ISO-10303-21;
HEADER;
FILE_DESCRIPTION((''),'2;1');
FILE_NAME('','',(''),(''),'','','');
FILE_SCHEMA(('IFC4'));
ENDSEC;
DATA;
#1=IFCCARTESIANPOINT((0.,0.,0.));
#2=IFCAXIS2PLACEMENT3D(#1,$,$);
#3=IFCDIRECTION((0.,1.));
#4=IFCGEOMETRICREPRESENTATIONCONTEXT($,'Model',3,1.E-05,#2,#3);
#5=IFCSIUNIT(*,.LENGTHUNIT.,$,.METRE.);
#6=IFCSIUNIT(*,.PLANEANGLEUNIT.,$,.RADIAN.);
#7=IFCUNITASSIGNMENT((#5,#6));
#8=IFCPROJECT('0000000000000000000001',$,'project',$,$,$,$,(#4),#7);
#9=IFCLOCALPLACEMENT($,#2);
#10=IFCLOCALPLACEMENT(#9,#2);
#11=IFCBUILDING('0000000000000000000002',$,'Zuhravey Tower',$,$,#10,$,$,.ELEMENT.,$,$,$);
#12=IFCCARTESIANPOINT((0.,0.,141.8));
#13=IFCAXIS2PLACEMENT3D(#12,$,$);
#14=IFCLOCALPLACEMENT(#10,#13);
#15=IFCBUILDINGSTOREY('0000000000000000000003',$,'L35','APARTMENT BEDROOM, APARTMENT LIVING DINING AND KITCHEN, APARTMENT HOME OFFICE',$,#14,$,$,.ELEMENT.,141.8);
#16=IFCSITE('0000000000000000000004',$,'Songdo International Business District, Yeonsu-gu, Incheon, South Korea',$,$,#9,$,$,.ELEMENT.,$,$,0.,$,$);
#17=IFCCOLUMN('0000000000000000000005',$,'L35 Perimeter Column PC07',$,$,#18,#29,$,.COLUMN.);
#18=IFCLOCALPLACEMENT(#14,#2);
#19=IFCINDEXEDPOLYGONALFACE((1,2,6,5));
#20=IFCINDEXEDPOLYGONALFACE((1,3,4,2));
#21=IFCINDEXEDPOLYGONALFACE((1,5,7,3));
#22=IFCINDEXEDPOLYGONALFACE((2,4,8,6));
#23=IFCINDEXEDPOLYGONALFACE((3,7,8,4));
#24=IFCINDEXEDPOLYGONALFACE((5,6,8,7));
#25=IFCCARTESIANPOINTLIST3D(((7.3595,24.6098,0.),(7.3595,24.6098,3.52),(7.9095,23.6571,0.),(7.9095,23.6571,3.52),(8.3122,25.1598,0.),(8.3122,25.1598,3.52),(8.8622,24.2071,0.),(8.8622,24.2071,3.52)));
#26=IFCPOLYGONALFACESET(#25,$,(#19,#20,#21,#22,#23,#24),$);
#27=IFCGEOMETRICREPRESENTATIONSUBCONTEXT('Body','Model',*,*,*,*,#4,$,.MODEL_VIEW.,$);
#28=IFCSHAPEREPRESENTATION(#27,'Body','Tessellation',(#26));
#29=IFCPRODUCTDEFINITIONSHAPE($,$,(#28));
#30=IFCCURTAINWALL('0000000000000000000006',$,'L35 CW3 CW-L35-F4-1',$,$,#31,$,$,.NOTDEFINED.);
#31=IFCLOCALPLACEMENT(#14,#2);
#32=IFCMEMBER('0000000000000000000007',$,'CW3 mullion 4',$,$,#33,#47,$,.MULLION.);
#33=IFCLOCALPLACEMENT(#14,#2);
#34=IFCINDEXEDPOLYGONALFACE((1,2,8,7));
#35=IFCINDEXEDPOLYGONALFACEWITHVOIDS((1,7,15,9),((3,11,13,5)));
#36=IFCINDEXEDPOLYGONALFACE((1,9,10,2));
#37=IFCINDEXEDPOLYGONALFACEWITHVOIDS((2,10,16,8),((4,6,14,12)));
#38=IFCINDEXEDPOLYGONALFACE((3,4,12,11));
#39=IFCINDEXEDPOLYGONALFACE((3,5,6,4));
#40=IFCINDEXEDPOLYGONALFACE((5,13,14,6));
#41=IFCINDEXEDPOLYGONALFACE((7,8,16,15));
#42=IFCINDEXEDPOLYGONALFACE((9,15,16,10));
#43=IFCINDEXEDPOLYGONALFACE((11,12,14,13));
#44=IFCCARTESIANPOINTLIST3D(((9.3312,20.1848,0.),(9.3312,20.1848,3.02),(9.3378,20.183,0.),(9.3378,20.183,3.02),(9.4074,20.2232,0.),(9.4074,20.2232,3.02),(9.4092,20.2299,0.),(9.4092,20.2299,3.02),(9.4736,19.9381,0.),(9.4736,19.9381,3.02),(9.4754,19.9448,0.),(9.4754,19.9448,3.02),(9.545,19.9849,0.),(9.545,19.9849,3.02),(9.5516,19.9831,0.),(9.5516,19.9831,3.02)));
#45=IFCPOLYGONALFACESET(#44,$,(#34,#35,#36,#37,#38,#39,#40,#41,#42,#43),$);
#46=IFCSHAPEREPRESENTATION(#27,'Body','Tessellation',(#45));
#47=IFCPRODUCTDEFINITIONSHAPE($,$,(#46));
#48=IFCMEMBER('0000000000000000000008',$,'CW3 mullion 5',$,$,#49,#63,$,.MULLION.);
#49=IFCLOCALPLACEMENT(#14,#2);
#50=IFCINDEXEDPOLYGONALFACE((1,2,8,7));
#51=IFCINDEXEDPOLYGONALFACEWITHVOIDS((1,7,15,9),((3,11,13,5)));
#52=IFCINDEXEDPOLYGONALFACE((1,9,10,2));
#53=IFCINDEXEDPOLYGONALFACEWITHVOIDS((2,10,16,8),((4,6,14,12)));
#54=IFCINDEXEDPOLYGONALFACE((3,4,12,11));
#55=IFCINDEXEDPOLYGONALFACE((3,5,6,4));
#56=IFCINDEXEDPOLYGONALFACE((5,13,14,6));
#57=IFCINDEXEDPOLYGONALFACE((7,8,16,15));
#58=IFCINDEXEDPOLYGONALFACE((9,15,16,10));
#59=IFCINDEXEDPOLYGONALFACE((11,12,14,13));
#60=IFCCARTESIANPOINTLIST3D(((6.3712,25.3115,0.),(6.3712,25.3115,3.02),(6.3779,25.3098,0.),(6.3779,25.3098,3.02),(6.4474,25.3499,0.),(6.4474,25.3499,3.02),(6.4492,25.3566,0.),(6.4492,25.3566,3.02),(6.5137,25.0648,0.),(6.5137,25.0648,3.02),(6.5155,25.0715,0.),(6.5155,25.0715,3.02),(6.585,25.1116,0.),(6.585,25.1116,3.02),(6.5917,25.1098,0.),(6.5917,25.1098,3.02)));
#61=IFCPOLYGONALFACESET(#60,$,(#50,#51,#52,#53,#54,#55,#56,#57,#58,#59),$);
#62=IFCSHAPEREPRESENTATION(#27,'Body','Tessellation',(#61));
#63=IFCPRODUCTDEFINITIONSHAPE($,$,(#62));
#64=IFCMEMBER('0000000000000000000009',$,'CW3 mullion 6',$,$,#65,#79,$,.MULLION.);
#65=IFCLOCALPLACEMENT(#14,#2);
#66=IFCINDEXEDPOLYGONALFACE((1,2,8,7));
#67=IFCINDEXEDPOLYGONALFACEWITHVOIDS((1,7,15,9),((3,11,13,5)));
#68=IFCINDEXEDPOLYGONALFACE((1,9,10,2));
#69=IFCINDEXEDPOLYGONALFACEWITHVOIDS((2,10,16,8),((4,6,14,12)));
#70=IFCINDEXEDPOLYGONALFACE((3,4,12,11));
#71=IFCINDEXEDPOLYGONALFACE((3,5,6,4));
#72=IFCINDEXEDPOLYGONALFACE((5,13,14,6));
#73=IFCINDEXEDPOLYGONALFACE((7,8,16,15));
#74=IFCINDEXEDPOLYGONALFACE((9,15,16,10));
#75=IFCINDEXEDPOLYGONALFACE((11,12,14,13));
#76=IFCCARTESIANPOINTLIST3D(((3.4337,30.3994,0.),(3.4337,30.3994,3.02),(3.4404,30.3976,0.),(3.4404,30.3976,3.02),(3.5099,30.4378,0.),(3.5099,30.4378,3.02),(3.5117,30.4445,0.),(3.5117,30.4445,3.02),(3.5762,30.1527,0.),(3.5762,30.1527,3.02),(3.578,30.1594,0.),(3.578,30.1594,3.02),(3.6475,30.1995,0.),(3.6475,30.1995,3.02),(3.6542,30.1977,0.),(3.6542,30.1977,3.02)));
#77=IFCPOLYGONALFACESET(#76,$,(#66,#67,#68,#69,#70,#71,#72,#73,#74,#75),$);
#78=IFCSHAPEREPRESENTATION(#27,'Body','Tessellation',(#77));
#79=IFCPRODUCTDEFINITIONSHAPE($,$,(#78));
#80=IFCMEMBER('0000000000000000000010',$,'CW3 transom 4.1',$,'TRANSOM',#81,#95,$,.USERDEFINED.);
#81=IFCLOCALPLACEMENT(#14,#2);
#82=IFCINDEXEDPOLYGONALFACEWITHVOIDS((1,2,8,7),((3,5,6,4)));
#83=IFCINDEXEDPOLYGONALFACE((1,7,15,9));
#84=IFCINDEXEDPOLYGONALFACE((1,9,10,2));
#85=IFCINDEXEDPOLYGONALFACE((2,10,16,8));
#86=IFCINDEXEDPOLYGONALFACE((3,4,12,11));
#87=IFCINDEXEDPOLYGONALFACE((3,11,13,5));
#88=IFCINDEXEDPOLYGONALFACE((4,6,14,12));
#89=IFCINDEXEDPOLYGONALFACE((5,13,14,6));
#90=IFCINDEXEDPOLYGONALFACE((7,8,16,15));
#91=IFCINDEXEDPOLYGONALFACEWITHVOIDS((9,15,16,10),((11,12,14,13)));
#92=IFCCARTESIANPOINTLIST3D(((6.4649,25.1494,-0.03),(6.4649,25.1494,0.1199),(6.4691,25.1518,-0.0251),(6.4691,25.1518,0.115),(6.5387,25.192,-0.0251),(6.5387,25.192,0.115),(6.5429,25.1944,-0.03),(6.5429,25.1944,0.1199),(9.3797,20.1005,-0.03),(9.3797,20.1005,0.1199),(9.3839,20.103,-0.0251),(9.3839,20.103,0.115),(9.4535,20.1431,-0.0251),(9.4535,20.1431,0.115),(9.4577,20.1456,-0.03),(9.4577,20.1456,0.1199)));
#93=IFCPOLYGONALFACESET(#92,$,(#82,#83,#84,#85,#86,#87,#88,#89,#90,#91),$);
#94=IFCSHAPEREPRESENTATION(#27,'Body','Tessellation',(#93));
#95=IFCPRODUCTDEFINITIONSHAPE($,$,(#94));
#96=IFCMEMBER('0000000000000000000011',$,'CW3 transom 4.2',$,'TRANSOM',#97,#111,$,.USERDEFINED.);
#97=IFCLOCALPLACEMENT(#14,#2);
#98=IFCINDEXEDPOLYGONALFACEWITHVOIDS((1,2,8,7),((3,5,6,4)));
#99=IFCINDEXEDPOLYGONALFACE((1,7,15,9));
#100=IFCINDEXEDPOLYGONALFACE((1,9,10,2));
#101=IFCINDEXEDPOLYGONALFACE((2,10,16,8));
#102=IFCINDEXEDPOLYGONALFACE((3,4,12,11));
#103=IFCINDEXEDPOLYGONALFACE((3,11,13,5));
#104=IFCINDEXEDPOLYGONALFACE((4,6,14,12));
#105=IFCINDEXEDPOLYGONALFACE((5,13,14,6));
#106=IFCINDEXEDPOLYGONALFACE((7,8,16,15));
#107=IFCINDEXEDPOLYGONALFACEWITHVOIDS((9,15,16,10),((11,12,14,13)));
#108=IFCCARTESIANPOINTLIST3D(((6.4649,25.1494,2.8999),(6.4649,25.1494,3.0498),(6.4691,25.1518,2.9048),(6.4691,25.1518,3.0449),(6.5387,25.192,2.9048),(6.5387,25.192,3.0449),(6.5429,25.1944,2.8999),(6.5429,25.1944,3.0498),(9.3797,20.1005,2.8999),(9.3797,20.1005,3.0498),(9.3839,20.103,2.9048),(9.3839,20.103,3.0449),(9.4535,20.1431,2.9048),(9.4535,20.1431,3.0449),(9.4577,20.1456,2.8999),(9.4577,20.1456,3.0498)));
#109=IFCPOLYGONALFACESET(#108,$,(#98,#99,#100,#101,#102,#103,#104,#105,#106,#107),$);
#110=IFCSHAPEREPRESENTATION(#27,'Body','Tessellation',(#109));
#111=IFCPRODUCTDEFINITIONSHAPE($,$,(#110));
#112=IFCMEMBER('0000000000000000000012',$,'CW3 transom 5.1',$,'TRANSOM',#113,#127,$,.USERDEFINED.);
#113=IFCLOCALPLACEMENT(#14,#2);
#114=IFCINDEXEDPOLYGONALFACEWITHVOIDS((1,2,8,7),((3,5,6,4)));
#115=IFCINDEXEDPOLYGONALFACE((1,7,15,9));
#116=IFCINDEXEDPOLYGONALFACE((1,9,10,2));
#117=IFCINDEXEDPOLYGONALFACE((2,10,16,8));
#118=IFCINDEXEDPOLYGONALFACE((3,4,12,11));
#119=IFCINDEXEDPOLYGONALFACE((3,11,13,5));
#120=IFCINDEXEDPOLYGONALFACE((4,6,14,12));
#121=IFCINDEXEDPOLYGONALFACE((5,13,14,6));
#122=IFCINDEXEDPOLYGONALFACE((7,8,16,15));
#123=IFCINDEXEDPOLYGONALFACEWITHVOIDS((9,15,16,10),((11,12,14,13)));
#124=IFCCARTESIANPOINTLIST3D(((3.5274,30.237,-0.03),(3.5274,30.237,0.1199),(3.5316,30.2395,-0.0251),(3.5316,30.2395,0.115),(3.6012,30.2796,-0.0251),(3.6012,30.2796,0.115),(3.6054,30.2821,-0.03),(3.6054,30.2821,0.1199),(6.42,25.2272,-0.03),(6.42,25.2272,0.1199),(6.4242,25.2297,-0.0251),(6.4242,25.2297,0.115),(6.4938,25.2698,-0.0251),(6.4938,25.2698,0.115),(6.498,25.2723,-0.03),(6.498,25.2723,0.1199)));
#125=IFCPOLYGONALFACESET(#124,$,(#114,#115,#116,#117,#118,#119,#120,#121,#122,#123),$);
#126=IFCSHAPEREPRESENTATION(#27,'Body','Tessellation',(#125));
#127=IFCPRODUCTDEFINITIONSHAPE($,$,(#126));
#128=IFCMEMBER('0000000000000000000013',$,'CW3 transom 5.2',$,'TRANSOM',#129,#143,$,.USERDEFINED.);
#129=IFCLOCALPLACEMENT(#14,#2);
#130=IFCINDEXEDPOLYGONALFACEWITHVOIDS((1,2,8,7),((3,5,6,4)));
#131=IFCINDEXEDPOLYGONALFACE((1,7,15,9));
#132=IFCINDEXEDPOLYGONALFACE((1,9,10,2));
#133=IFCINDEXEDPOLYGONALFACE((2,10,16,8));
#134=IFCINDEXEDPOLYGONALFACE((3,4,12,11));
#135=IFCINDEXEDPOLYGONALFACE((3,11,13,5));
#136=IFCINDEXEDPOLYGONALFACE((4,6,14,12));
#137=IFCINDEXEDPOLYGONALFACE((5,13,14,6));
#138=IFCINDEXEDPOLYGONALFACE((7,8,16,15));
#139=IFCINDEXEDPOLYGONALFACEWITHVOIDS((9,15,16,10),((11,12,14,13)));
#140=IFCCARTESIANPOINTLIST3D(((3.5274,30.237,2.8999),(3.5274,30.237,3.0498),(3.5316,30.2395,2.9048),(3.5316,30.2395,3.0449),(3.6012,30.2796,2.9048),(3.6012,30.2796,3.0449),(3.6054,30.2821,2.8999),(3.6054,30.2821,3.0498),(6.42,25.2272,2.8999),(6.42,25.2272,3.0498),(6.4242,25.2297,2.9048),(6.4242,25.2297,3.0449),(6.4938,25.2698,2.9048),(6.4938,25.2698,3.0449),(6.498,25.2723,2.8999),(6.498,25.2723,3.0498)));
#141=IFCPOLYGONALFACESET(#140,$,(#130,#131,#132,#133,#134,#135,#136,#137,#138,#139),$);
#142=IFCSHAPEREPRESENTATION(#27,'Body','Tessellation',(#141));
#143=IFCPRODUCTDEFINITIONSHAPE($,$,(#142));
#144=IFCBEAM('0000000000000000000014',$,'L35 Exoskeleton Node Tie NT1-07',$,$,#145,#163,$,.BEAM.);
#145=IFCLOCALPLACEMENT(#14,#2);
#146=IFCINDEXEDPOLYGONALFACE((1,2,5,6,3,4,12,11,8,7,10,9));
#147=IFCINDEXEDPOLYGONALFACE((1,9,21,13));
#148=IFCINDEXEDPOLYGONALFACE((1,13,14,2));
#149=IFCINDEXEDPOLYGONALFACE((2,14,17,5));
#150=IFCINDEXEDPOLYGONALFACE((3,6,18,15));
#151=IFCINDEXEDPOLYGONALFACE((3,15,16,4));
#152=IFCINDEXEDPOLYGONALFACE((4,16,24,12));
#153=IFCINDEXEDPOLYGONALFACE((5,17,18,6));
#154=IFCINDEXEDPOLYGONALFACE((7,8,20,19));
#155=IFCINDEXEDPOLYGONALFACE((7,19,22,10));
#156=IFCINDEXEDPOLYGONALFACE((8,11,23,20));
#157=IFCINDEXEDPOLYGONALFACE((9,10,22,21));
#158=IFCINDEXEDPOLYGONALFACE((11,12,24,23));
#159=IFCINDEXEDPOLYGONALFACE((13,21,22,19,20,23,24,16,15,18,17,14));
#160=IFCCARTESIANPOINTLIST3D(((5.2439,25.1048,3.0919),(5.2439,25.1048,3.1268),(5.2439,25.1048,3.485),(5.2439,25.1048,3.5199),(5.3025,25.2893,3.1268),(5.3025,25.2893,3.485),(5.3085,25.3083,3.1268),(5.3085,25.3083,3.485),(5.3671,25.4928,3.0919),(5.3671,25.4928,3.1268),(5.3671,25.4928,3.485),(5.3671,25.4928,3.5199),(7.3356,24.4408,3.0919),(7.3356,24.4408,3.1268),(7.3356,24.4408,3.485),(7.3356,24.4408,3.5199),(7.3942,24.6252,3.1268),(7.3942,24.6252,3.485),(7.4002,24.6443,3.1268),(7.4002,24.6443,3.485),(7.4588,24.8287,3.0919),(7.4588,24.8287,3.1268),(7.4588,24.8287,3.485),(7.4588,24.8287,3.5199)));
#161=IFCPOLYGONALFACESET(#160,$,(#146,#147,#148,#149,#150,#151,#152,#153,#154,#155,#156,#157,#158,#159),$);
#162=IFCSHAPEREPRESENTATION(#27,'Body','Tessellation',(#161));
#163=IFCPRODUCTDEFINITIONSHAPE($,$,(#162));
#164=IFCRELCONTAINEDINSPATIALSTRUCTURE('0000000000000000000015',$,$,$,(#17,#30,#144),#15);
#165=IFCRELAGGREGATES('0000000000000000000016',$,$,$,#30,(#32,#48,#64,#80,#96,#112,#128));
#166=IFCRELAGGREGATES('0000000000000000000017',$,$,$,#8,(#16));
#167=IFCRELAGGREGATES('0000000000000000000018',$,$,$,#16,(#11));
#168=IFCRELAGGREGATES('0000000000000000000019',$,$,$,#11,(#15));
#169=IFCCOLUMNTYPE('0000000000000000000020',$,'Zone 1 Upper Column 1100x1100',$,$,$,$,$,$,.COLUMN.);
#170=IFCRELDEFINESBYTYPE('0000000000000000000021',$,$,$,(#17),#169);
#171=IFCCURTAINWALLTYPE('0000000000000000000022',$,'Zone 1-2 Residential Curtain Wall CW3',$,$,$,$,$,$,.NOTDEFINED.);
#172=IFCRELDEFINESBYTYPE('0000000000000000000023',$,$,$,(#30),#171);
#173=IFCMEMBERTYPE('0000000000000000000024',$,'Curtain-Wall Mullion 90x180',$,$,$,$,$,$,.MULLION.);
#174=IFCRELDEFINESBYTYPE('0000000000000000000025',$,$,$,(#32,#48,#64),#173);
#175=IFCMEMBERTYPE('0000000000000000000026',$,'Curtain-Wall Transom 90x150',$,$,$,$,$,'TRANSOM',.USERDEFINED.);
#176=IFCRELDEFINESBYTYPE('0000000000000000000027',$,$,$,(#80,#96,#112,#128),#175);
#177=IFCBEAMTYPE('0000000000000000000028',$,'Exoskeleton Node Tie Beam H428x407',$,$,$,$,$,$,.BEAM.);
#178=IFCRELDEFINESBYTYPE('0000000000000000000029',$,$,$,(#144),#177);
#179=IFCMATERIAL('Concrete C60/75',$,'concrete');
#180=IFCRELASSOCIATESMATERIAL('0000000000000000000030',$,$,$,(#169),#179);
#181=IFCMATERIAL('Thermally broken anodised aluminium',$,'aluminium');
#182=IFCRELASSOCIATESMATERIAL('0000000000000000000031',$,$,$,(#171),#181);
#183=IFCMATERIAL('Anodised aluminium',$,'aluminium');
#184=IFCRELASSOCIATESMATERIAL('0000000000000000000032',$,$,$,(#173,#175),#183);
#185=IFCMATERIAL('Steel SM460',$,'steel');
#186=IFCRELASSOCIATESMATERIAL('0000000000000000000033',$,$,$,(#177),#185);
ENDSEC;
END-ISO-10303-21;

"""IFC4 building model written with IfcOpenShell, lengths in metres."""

from ifc_helpers import new_model, si_unit, direction, frame, origin, origin_2d, place, context, subcontext, project, spatial, rectangle, hollow_rectangle, i_section, extrude, material, material_profile, profile_set, type_object, element, aggregate, save


model = new_model("IFC4")

# Units and contexts
model_context = context("Model", 3, precision=1e-05, world=origin(), true_north=direction((0.0, 1.0)))
body_context = subcontext(model_context, "Body", "Model", "MODEL_VIEW")
ifc_project = project(units=[si_unit("LENGTHUNIT", "METRE"), si_unit("PLANEANGLEUNIT", "RADIAN")], contexts=[model_context])

# Site, building, storey
site_placement = place(None, origin())
site = spatial("IfcSite", under=ifc_project, at=site_placement, Name="Songdo International Business District, Yeonsu-gu, Incheon, South Korea", CompositionType="ELEMENT", RefElevation=0.0)
building_placement = place(site_placement, origin())
building = spatial("IfcBuilding", under=site, at=building_placement, Name="Zuhravey Tower", CompositionType="ELEMENT")
storey_placement = place(building_placement, frame((0.0, 0.0, 141.8)))
storey = spatial("IfcBuildingStorey", under=building, at=storey_placement, Name="L35", Description="APARTMENT BEDROOM, APARTMENT LIVING DINING AND KITCHEN, APARTMENT HOME OFFICE", CompositionType="ELEMENT", Elevation=141.8)

# Column
ifc_material_1 = material(Name="Concrete C60/75", Category="concrete")
ifc_material_profile_1 = material_profile(ifc_material_1, rectangle(XDim=1.1001, YDim=1.1001, at=origin_2d()), Name="RC-1100x1100")
ifc_profile_set_1 = profile_set([ifc_material_profile_1], Name="Concrete C60/75")
column_type = type_object("IfcColumnType", Name="Zone 1 Upper Column 1100x1100", PredefinedType="COLUMN", material=ifc_profile_set_1)
column_placement = place(storey_placement, frame((8.1108, 24.4084, 0.0), z_axis=(0.0, 0.0, 1.0), x_axis=(0.5, -0.866025, 0.0)))
element("IfcColumn", 1, at=column_placement, inside=storey, type_object=column_type, Name="L35 Perimeter Column PC07", PredefinedType="COLUMN", context=body_context, shape_type="SweptSolid", body=[
    extrude(rectangle(XDim=1.1001, YDim=1.1001, at=origin_2d()), origin(), (0.0, 0.0, 1.0), 3.52),
])

# Curtain wall, members
ifc_material_2 = material(Name="Thermally broken anodised aluminium", Category="aluminium")
curtain_wall_type = type_object("IfcCurtainWallType", Name="Zone 1-2 Residential Curtain Wall CW3", PredefinedType="NOTDEFINED", material=ifc_material_2)
curtain_wall_placement = place(storey_placement, origin())
curtain_wall = element("IfcCurtainWall", 2, at=curtain_wall_placement, inside=storey, type_object=curtain_wall_type, Name="L35 CW3 CW-L35-F4-1", PredefinedType="NOTDEFINED")
ifc_material_3 = material(Name="Anodised aluminium", Category="aluminium")
ifc_material_profile_2 = material_profile(ifc_material_3, hollow_rectangle(XDim=0.0901, YDim=0.2849, WallThickness=0.0049, at=origin_2d()), Name="ALU-RHS-90x285x5")
ifc_profile_set_2 = profile_set([ifc_material_profile_2], Name="Anodised aluminium")
member_type_1 = type_object("IfcMemberType", Name="Curtain-Wall Mullion 90x180", PredefinedType="MULLION", material=ifc_profile_set_2)
member_1_placement = place(storey_placement, frame((9.4414, 20.084, 0.0), z_axis=(0.0, 0.0, 1.0), x_axis=(-0.866026, -0.5, 0.0)))
member_1 = element("IfcMember", 3, at=member_1_placement, type_object=member_type_1, Name="CW3 mullion 4", PredefinedType="MULLION", context=body_context, shape_type="SweptSolid", body=[
    extrude(hollow_rectangle(XDim=0.0901, YDim=0.2849, WallThickness=0.0049, at=origin_2d()), origin(), (0.0, 0.0, 1.0), 3.02),
])
member_2_placement = place(storey_placement, frame((6.4814, 25.2107, 0.0), z_axis=(0.0, 0.0, 1.0), x_axis=(-0.866026, -0.5, 0.0)))
member_2 = element("IfcMember", 4, at=member_2_placement, type_object=member_type_1, Name="CW3 mullion 5", PredefinedType="MULLION", context=body_context, shape_type="SweptSolid", body=[
    extrude(hollow_rectangle(XDim=0.0901, YDim=0.2849, WallThickness=0.0049, at=origin_2d()), origin(), (0.0, 0.0, 1.0), 3.02),
])
member_3_placement = place(storey_placement, frame((3.5439, 30.2986, 0.0), z_axis=(0.0, 0.0, 1.0), x_axis=(-0.866026, -0.5, 0.0)))
member_3 = element("IfcMember", 5, at=member_3_placement, type_object=member_type_1, Name="CW3 mullion 6", PredefinedType="MULLION", context=body_context, shape_type="SweptSolid", body=[
    extrude(hollow_rectangle(XDim=0.0901, YDim=0.2849, WallThickness=0.0049, at=origin_2d()), origin(), (0.0, 0.0, 1.0), 3.02),
])
ifc_material_profile_3 = material_profile(ifc_material_3, hollow_rectangle(XDim=0.0901, YDim=0.1499, WallThickness=0.0049, at=origin_2d()), Name="ALU-RHS-90x150x5")
ifc_profile_set_3 = profile_set([ifc_material_profile_3], Name="Anodised aluminium")
member_type_2 = type_object("IfcMemberType", Name="Curtain-Wall Transom 90x150", ElementType="TRANSOM", PredefinedType="USERDEFINED", material=ifc_profile_set_3)
member_4_placement = place(storey_placement, frame((9.4187, 20.123, 0.0449), z_axis=(-0.499981, 0.866036, 0.0), x_axis=(-0.866036, -0.499981, 0.0)))
member_4 = element("IfcMember", 6, at=member_4_placement, type_object=member_type_2, Name="CW3 transom 4.1", ObjectType="TRANSOM", PredefinedType="USERDEFINED", context=body_context, shape_type="SweptSolid", body=[
    extrude(hollow_rectangle(XDim=0.0901, YDim=0.1499, WallThickness=0.0049, at=origin_2d()), origin(), (0.0, 0.0, 1.0), 5.8298),
])
member_5_placement = place(storey_placement, frame((9.4187, 20.123, 2.9749), z_axis=(-0.499981, 0.866036, 0.0), x_axis=(-0.866036, -0.499981, 0.0)))
member_5 = element("IfcMember", 7, at=member_5_placement, type_object=member_type_2, Name="CW3 transom 4.2", ObjectType="TRANSOM", PredefinedType="USERDEFINED", context=body_context, shape_type="SweptSolid", body=[
    extrude(hollow_rectangle(XDim=0.0901, YDim=0.1499, WallThickness=0.0049, at=origin_2d()), origin(), (0.0, 0.0, 1.0), 5.8298),
])
member_6_placement = place(storey_placement, frame((6.459, 25.2498, 0.0449), z_axis=(-0.500024, 0.866011, 0.0), x_axis=(-0.866011, -0.500024, 0.0)))
member_6 = element("IfcMember", 8, at=member_6_placement, type_object=member_type_2, Name="CW3 transom 5.1", ObjectType="TRANSOM", PredefinedType="USERDEFINED", context=body_context, shape_type="SweptSolid", body=[
    extrude(hollow_rectangle(XDim=0.0901, YDim=0.1499, WallThickness=0.0049, at=origin_2d()), origin(), (0.0, 0.0, 1.0), 5.7849),
])
member_7_placement = place(storey_placement, frame((6.459, 25.2498, 2.9749), z_axis=(-0.500024, 0.866011, 0.0), x_axis=(-0.866011, -0.500024, 0.0)))
member_7 = element("IfcMember", 9, at=member_7_placement, type_object=member_type_2, Name="CW3 transom 5.2", ObjectType="TRANSOM", PredefinedType="USERDEFINED", context=body_context, shape_type="SweptSolid", body=[
    extrude(hollow_rectangle(XDim=0.0901, YDim=0.1499, WallThickness=0.0049, at=origin_2d()), origin(), (0.0, 0.0, 1.0), 5.7849),
])

# Beam
ifc_material_4 = material(Name="Steel SM460", Category="steel")
ifc_material_profile_4 = material_profile(ifc_material_4, i_section(OverallWidth=0.407, OverallDepth=0.428, WebThickness=0.02, FlangeThickness=0.0349, at=origin_2d()), Name="H-428x407x20x35")
ifc_profile_set_4 = profile_set([ifc_material_profile_4], Name="Steel SM460")
beam_type_1 = type_object("IfcBeamType", Name="Exoskeleton Node Tie Beam H428x407", PredefinedType="BEAM", material=ifc_profile_set_4)
beam_1_placement = place(storey_placement, frame((7.3972, 24.6348, 3.3059), z_axis=(-0.953124, 0.302579, 0.0), x_axis=(-0.302579, -0.953124, 0.0)))
element("IfcBeam", 10, at=beam_1_placement, inside=storey, type_object=beam_type_1, Name="L35 Exoskeleton Node Tie NT1-07", PredefinedType="BEAM", context=body_context, shape_type="SweptSolid", body=[
    extrude(i_section(OverallWidth=0.407, OverallDepth=0.428, WebThickness=0.02, FlangeThickness=0.0349, at=origin_2d()), origin(), (0.0, 0.0, 1.0), 2.1946),
])

aggregate(curtain_wall, [member_1, member_2, member_3, member_4, member_5, member_6, member_7])

save(model, "model.ifc")
